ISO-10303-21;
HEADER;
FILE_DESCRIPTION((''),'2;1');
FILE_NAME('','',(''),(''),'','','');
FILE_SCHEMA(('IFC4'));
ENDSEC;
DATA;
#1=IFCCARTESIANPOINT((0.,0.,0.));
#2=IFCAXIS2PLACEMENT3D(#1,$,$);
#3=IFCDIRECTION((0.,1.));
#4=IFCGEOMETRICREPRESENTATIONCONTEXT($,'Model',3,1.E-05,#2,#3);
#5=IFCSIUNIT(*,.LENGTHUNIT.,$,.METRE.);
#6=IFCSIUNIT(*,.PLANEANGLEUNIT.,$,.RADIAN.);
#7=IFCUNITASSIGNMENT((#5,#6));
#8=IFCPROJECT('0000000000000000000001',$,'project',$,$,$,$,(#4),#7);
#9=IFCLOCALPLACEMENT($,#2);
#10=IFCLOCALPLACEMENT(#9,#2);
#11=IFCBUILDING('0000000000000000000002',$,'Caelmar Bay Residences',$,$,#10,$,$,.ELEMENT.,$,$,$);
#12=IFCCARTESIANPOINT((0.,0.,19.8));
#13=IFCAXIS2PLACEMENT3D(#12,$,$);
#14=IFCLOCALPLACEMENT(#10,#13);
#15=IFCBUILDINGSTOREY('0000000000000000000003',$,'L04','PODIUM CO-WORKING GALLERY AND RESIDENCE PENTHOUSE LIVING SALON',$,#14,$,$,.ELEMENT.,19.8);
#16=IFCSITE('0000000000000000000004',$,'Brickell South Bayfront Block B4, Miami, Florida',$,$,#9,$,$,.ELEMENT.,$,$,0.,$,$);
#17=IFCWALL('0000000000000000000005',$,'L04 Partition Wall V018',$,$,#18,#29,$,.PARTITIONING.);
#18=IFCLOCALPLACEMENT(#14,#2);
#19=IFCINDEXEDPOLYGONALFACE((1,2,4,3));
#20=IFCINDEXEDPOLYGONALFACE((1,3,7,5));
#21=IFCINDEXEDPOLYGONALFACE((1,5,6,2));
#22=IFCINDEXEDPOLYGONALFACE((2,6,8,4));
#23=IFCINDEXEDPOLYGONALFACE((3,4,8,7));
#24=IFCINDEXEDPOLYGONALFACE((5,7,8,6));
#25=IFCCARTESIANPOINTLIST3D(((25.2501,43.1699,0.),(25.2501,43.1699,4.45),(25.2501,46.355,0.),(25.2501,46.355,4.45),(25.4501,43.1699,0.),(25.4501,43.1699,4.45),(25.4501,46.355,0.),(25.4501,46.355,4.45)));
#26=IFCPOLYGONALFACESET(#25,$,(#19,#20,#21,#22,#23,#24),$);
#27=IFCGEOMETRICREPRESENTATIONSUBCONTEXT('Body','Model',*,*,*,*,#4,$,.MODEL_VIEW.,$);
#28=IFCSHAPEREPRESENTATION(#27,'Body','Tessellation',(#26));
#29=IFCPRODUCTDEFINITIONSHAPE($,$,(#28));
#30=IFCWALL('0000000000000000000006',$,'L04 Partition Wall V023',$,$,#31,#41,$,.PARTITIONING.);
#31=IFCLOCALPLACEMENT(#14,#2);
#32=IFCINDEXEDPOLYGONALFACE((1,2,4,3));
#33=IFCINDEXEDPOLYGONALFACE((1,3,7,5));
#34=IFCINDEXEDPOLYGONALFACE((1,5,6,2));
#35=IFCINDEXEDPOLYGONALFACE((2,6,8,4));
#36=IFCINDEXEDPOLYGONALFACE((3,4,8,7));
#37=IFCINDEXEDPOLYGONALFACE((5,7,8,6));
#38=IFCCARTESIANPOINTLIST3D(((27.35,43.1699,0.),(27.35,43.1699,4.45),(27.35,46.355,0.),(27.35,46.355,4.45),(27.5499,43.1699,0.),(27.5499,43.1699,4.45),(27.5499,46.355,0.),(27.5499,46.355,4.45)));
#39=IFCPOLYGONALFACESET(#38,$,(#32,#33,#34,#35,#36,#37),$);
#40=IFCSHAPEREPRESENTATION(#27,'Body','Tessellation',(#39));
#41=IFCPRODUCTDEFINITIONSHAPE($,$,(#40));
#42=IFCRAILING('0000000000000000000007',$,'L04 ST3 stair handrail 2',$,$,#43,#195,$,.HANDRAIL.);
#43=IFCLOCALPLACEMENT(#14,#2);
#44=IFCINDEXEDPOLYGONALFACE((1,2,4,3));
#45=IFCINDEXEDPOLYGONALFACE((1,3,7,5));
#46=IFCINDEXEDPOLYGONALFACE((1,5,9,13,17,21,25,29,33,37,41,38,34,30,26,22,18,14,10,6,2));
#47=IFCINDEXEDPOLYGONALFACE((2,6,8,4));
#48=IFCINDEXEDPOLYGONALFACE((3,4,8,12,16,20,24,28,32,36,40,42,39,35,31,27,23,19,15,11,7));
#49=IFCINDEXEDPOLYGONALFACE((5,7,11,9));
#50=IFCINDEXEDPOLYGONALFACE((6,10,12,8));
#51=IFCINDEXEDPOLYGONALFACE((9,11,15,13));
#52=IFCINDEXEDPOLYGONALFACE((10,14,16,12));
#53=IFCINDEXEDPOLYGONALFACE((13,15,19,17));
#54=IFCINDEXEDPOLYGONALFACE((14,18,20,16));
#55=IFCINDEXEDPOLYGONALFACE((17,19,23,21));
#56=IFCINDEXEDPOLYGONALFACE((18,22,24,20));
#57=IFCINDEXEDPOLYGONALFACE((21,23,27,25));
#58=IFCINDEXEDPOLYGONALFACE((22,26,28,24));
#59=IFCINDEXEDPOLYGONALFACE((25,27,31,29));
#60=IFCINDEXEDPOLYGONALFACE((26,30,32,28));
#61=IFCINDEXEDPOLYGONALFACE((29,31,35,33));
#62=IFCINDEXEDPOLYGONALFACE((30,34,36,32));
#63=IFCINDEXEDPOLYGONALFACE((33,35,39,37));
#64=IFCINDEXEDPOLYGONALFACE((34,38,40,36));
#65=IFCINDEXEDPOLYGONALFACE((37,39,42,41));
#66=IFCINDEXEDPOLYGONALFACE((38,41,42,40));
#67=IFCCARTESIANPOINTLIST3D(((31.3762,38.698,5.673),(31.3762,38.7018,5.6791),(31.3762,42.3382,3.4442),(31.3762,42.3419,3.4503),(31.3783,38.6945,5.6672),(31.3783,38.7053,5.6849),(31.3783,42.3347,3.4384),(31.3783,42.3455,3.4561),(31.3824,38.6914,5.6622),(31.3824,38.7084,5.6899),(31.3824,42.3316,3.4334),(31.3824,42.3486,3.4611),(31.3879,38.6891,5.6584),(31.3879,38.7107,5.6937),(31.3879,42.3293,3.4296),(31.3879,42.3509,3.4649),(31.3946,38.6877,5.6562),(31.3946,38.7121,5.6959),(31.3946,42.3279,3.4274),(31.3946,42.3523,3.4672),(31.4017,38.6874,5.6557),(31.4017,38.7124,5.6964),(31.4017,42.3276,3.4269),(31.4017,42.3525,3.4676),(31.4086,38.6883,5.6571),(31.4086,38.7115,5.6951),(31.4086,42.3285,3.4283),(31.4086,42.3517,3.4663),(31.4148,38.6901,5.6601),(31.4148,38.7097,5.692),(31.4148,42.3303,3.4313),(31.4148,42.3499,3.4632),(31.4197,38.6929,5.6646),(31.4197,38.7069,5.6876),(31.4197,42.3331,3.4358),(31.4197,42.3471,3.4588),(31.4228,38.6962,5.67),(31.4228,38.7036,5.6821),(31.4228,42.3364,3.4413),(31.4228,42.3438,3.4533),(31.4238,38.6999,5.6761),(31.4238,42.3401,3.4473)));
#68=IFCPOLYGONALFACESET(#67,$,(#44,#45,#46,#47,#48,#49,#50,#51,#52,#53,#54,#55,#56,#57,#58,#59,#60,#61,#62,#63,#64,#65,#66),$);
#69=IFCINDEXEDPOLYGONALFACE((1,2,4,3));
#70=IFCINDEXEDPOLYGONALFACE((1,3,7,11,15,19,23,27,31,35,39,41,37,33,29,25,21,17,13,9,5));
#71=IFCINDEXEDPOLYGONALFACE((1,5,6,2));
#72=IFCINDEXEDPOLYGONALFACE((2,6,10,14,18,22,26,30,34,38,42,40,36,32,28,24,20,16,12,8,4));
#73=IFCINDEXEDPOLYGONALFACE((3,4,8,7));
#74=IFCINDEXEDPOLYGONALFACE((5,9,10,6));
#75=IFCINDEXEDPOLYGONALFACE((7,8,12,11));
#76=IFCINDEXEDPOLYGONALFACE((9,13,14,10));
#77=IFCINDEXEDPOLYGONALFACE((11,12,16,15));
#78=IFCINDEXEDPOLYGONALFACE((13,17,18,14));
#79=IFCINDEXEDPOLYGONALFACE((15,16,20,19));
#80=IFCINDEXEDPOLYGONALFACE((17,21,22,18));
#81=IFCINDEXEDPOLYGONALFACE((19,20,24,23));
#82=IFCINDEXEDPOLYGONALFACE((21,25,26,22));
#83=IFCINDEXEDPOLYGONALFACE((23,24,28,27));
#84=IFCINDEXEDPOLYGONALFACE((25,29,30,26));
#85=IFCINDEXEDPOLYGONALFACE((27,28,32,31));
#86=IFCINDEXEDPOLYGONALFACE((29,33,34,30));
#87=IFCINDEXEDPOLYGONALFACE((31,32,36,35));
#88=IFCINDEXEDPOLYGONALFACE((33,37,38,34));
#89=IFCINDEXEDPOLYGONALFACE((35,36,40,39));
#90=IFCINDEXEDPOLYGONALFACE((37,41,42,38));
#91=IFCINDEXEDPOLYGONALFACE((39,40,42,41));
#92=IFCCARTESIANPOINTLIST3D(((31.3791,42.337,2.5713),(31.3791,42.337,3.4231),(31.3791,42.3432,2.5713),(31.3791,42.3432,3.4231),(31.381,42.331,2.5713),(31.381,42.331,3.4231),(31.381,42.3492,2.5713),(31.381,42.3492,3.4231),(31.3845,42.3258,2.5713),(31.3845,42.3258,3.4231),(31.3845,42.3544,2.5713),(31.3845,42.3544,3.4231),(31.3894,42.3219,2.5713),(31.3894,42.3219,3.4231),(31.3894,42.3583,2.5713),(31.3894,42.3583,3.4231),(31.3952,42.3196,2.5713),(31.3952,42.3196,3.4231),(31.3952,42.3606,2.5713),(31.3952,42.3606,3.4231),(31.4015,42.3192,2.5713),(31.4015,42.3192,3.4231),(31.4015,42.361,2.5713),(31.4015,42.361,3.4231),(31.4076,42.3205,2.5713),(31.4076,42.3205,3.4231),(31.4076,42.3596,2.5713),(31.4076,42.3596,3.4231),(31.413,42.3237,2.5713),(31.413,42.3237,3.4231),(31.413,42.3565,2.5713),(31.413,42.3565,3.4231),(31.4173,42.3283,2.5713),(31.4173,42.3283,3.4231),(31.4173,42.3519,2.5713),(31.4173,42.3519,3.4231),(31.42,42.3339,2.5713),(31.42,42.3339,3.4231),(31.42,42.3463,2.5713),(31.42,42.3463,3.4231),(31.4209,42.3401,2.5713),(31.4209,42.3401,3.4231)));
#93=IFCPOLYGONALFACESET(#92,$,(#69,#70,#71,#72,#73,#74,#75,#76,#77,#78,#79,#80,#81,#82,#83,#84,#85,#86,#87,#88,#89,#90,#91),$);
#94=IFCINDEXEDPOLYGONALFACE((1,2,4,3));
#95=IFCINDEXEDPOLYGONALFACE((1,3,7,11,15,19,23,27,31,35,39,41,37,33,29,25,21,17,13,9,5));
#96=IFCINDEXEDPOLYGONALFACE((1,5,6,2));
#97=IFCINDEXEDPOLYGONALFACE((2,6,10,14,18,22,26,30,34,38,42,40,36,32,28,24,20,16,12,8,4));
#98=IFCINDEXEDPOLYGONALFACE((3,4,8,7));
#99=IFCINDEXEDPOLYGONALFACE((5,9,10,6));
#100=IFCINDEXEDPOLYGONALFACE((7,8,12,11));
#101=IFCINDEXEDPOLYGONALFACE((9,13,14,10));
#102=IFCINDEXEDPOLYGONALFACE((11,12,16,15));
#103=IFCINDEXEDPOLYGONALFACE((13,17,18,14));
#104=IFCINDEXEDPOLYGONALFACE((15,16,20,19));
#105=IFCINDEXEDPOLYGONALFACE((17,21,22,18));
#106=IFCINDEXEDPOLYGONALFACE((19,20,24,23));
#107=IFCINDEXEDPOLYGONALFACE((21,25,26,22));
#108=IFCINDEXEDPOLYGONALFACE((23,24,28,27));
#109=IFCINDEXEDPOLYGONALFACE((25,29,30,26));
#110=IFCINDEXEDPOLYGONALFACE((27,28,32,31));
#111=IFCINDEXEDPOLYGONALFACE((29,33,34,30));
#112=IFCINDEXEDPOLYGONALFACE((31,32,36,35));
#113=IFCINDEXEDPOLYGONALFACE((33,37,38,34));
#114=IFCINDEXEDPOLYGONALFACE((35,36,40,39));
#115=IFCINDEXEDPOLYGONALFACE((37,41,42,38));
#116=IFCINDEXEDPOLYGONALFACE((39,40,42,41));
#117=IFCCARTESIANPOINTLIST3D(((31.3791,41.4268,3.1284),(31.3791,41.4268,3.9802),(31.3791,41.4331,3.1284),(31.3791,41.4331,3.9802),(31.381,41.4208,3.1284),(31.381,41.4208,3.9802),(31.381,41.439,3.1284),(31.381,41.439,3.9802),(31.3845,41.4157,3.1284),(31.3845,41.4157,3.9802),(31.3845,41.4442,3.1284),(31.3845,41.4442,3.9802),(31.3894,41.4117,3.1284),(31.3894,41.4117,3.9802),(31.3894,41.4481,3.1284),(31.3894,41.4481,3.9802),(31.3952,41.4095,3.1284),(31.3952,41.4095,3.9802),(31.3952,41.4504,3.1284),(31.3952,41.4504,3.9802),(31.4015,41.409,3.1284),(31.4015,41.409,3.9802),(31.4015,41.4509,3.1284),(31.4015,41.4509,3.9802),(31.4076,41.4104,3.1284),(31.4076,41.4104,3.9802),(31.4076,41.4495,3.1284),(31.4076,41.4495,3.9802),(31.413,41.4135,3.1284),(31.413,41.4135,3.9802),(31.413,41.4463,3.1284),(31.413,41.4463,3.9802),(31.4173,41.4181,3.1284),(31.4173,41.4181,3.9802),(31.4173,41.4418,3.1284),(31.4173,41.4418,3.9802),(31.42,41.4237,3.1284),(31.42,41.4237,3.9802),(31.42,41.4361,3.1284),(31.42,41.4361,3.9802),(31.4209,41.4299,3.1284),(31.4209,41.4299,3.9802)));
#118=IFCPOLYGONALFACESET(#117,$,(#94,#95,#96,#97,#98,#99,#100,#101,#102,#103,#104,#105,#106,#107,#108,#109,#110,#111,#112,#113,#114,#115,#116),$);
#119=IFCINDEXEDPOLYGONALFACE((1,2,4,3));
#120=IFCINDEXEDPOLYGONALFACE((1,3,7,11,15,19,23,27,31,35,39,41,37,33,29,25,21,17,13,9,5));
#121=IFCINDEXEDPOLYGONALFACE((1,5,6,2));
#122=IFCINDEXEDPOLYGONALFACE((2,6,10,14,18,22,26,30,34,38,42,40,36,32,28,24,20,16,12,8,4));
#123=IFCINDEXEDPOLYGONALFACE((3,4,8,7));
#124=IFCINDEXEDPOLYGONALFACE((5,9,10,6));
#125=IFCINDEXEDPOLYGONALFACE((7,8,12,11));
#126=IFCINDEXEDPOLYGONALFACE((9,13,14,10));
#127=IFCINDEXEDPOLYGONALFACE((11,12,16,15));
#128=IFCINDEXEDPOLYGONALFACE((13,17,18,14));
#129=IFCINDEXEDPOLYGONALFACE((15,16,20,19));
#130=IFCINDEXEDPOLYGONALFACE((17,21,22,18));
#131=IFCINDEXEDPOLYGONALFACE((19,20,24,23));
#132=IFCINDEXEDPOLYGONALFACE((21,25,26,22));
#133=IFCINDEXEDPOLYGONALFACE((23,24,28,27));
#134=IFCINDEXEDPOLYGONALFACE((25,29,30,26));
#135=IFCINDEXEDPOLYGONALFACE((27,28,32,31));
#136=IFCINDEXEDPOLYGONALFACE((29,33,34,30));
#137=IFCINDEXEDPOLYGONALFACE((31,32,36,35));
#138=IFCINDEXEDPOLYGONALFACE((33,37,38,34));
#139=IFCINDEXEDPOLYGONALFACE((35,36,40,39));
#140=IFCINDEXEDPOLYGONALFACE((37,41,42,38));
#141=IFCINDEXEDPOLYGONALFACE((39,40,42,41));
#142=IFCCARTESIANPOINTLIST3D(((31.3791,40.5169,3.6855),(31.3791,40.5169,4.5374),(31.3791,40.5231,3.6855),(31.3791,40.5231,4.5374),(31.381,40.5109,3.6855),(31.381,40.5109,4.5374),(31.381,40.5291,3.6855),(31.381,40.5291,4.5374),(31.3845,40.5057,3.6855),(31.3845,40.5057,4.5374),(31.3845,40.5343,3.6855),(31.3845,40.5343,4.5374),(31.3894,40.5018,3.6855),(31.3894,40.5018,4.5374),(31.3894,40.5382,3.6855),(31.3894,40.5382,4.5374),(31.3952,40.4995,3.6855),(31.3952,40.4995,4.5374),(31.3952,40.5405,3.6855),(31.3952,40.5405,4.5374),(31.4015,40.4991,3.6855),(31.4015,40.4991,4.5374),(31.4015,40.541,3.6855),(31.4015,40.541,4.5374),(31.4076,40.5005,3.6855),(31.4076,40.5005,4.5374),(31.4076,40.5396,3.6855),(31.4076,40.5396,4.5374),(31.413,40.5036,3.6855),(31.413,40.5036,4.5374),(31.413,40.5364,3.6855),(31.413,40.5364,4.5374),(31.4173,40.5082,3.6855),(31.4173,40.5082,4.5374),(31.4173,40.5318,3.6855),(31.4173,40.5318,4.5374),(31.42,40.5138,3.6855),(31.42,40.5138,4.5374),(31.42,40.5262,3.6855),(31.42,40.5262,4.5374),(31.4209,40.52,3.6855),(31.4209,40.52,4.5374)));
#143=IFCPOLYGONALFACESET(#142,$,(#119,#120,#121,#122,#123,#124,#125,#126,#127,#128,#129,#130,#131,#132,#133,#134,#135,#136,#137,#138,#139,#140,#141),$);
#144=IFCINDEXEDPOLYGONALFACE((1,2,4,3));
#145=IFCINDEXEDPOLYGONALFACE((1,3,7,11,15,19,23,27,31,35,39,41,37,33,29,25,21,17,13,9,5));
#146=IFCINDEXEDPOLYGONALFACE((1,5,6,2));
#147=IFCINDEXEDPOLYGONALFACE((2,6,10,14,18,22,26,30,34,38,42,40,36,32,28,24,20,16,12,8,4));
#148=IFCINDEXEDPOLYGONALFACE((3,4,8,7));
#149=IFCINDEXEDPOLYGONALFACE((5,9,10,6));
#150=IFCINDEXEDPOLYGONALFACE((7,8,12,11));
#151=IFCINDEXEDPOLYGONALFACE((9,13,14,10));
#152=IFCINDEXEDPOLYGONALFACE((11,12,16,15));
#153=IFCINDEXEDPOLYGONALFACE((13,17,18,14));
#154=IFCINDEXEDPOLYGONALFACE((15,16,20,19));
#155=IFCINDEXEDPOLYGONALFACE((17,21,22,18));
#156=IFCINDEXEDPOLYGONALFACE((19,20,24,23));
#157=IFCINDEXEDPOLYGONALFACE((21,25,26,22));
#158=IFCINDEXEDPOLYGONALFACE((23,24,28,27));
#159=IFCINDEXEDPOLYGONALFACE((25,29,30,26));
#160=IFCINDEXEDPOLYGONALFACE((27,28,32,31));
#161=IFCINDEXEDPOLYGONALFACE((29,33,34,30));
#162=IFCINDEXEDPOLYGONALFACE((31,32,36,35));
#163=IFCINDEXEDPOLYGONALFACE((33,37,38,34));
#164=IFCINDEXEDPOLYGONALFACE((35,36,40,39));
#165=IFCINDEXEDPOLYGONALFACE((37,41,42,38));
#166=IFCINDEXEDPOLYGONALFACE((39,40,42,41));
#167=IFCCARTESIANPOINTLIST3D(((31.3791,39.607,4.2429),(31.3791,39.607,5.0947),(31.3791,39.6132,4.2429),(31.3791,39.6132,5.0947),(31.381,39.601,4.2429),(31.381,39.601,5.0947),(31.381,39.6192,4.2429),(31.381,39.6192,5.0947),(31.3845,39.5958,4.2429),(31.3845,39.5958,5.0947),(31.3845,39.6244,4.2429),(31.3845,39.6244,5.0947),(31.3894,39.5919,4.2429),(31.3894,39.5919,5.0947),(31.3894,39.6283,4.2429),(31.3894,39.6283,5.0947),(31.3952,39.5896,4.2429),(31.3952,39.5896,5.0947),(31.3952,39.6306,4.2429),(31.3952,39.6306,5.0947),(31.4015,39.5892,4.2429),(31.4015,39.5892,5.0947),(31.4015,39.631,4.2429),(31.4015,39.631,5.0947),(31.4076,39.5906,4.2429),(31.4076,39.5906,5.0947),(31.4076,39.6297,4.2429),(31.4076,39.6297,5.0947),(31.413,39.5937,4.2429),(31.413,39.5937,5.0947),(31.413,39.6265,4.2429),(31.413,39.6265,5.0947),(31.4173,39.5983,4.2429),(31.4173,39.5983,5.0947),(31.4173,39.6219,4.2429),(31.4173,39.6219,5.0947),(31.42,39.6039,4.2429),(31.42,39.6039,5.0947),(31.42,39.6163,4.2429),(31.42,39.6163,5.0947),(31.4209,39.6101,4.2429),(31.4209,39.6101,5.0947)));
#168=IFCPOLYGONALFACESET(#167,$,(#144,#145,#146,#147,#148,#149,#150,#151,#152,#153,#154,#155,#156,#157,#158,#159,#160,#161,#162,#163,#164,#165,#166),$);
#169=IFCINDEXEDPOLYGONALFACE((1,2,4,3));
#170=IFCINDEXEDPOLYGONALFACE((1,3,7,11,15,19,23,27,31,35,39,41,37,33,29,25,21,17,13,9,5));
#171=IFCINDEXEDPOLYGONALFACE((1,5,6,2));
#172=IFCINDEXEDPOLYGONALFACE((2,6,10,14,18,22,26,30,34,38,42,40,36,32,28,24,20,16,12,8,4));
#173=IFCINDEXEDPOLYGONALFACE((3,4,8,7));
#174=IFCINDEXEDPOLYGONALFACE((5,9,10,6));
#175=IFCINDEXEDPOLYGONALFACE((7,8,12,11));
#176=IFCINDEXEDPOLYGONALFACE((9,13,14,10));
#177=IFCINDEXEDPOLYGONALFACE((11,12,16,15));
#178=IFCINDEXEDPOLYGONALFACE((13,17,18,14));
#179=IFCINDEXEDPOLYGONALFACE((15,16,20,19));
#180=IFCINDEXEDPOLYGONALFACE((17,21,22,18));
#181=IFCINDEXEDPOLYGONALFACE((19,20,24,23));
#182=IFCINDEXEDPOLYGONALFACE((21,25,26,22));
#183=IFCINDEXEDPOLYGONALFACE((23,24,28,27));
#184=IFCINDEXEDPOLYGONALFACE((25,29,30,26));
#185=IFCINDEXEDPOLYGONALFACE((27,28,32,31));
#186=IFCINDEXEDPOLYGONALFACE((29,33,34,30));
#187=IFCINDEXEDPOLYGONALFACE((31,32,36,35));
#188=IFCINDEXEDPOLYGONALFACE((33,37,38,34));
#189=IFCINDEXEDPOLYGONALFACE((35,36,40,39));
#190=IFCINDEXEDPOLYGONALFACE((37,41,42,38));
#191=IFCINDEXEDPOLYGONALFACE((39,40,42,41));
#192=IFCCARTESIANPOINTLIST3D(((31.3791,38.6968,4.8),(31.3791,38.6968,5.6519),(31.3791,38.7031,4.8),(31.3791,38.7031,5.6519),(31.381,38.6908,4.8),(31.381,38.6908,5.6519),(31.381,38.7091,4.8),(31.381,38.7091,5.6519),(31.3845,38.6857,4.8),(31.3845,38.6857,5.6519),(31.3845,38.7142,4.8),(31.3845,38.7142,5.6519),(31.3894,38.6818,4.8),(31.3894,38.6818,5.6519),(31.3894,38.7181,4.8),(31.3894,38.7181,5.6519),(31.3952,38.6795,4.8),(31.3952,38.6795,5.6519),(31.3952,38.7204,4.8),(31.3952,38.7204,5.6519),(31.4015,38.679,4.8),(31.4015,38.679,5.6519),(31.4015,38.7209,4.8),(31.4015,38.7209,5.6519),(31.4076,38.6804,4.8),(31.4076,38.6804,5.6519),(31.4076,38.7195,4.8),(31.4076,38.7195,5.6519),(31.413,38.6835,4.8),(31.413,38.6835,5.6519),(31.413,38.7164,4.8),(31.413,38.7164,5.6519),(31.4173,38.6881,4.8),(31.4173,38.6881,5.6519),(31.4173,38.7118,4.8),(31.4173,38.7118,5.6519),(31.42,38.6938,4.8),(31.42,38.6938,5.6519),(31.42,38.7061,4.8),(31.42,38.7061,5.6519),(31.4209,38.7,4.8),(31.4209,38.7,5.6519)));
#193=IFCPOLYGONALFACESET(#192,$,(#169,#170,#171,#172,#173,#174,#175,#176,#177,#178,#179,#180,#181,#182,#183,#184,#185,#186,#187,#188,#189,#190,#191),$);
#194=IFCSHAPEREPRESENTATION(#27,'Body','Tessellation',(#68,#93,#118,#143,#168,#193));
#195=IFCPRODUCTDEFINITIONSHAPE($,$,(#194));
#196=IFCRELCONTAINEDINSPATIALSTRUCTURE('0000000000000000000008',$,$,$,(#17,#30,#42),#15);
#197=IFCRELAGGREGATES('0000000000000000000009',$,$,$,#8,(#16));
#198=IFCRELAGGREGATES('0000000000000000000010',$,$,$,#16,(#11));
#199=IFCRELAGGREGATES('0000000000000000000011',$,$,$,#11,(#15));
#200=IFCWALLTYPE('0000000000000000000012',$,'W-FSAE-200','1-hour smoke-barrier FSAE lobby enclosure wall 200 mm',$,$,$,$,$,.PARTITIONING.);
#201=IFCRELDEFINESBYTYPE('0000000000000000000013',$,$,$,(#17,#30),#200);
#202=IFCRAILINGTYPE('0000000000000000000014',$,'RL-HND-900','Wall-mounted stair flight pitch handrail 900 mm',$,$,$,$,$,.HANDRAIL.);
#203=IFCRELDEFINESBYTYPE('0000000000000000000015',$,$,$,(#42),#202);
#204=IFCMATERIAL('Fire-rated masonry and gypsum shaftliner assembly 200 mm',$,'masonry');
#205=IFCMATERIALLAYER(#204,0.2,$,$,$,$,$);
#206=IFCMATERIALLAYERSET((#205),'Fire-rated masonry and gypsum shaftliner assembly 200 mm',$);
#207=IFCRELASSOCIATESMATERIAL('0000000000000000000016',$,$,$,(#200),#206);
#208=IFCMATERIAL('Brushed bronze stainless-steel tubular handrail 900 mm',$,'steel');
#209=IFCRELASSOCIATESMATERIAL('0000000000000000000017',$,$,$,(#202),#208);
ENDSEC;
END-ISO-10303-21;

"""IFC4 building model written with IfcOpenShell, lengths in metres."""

from ifc_helpers import new_model, si_unit, direction, frame, frame_2d, origin, origin_2d, place, context, subcontext, project, spatial, rectangle, circle, extrude, material, layer, layer_set, type_object, element, save


model = new_model("IFC4")

# Units and contexts
model_context = context("Model", 3, precision=1e-05, world=origin(), true_north=direction((0.0, 1.0)))
body_context = subcontext(model_context, "Body", "Model", "MODEL_VIEW")
ifc_project = project(units=[si_unit("LENGTHUNIT", "METRE"), si_unit("PLANEANGLEUNIT", "RADIAN")], contexts=[model_context])

# Site, building, storey
site_placement = place(None, origin())
site = spatial("IfcSite", under=ifc_project, at=site_placement, Name="Brickell South Bayfront Block B4, Miami, Florida", CompositionType="ELEMENT", RefElevation=0.0)
building_placement = place(site_placement, origin())
building = spatial("IfcBuilding", under=site, at=building_placement, Name="Caelmar Bay Residences", CompositionType="ELEMENT")
storey_placement = place(building_placement, frame((0.0, 0.0, 19.8)))
storey = spatial("IfcBuildingStorey", under=building, at=storey_placement, Name="L04", Description="PODIUM CO-WORKING GALLERY AND RESIDENCE PENTHOUSE LIVING SALON", CompositionType="ELEMENT", Elevation=19.8)

# Walls
ifc_material_1 = material(Name="Fire-rated masonry and gypsum shaftliner assembly 200 mm", Category="masonry")
ifc_layer_1 = layer(ifc_material_1, 0.2)
ifc_layer_set_1 = layer_set([ifc_layer_1], Name="Fire-rated masonry and gypsum shaftliner assembly 200 mm")
wall_type_1 = type_object("IfcWallType", Name="W-FSAE-200", Description="1-hour smoke-barrier FSAE lobby enclosure wall 200 mm", PredefinedType="PARTITIONING", material=ifc_layer_set_1)
for number, where, z_axis, x_axis, name in (
    (1, (25.3501, 43.1699, 0.0), (0.0, 0.0, 1.0), (0.0, 1.0, 0.0), "L04 Partition Wall V018"),
    (2, (27.45, 43.1699, 0.0), (0.0, 0.0, 1.0), (0.0, 1.0, 0.0), "L04 Partition Wall V023"),
):
    element("IfcWall", number, at=place(storey_placement, frame(where, z_axis=z_axis, x_axis=x_axis)), inside=storey, type_object=wall_type_1, Name=name, PredefinedType="PARTITIONING", context=body_context, shape_type="SweptSolid", body=[
        extrude(rectangle(XDim=3.1851, YDim=0.2, at=frame_2d((1.5925, 0.0))), origin(), (0.0, 0.0, 1.0), 4.45),
    ])

# Railing
ifc_material_2 = material(Name="Brushed bronze stainless-steel tubular handrail 900 mm", Category="steel")
railing_type = type_object("IfcRailingType", Name="RL-HND-900", Description="Wall-mounted stair flight pitch handrail 900 mm", PredefinedType="HANDRAIL", material=ifc_material_2)
railing_placement = place(storey_placement, frame((31.3999, 42.3401, 2.5713)))
element("IfcRailing", 3, at=railing_placement, inside=storey, type_object=railing_type, Name="L04 ST3 stair handrail 2", PredefinedType="HANDRAIL", context=body_context, shape_type="SweptSolid", body=[
    extrude(circle(Radius=0.0239, at=origin_2d()), frame((0.0, 0.0, 0.876), z_axis=(0.0, -0.85284, 0.522172), x_axis=(1.0, 0.0, 0.0)), (0.0, 0.0, 1.0), 4.2683),
    extrude(circle(Radius=0.021, at=origin_2d()), origin(), (0.0, 0.0, 1.0), 0.8518),
    extrude(circle(Radius=0.021, at=origin_2d()), frame((0.0, -0.9102, 0.5571)), (0.0, 0.0, 1.0), 0.8518),
    extrude(circle(Radius=0.021, at=origin_2d()), frame((0.0, -1.8201, 1.1143)), (0.0, 0.0, 1.0), 0.8518),
    extrude(circle(Radius=0.021, at=origin_2d()), frame((0.0, -2.73, 1.6716)), (0.0, 0.0, 1.0), 0.8518),
    extrude(circle(Radius=0.021, at=origin_2d()), frame((0.0, -3.6401, 2.2288)), (0.0, 0.0, 1.0), 0.8518),
])

save(model, "model.ifc")
